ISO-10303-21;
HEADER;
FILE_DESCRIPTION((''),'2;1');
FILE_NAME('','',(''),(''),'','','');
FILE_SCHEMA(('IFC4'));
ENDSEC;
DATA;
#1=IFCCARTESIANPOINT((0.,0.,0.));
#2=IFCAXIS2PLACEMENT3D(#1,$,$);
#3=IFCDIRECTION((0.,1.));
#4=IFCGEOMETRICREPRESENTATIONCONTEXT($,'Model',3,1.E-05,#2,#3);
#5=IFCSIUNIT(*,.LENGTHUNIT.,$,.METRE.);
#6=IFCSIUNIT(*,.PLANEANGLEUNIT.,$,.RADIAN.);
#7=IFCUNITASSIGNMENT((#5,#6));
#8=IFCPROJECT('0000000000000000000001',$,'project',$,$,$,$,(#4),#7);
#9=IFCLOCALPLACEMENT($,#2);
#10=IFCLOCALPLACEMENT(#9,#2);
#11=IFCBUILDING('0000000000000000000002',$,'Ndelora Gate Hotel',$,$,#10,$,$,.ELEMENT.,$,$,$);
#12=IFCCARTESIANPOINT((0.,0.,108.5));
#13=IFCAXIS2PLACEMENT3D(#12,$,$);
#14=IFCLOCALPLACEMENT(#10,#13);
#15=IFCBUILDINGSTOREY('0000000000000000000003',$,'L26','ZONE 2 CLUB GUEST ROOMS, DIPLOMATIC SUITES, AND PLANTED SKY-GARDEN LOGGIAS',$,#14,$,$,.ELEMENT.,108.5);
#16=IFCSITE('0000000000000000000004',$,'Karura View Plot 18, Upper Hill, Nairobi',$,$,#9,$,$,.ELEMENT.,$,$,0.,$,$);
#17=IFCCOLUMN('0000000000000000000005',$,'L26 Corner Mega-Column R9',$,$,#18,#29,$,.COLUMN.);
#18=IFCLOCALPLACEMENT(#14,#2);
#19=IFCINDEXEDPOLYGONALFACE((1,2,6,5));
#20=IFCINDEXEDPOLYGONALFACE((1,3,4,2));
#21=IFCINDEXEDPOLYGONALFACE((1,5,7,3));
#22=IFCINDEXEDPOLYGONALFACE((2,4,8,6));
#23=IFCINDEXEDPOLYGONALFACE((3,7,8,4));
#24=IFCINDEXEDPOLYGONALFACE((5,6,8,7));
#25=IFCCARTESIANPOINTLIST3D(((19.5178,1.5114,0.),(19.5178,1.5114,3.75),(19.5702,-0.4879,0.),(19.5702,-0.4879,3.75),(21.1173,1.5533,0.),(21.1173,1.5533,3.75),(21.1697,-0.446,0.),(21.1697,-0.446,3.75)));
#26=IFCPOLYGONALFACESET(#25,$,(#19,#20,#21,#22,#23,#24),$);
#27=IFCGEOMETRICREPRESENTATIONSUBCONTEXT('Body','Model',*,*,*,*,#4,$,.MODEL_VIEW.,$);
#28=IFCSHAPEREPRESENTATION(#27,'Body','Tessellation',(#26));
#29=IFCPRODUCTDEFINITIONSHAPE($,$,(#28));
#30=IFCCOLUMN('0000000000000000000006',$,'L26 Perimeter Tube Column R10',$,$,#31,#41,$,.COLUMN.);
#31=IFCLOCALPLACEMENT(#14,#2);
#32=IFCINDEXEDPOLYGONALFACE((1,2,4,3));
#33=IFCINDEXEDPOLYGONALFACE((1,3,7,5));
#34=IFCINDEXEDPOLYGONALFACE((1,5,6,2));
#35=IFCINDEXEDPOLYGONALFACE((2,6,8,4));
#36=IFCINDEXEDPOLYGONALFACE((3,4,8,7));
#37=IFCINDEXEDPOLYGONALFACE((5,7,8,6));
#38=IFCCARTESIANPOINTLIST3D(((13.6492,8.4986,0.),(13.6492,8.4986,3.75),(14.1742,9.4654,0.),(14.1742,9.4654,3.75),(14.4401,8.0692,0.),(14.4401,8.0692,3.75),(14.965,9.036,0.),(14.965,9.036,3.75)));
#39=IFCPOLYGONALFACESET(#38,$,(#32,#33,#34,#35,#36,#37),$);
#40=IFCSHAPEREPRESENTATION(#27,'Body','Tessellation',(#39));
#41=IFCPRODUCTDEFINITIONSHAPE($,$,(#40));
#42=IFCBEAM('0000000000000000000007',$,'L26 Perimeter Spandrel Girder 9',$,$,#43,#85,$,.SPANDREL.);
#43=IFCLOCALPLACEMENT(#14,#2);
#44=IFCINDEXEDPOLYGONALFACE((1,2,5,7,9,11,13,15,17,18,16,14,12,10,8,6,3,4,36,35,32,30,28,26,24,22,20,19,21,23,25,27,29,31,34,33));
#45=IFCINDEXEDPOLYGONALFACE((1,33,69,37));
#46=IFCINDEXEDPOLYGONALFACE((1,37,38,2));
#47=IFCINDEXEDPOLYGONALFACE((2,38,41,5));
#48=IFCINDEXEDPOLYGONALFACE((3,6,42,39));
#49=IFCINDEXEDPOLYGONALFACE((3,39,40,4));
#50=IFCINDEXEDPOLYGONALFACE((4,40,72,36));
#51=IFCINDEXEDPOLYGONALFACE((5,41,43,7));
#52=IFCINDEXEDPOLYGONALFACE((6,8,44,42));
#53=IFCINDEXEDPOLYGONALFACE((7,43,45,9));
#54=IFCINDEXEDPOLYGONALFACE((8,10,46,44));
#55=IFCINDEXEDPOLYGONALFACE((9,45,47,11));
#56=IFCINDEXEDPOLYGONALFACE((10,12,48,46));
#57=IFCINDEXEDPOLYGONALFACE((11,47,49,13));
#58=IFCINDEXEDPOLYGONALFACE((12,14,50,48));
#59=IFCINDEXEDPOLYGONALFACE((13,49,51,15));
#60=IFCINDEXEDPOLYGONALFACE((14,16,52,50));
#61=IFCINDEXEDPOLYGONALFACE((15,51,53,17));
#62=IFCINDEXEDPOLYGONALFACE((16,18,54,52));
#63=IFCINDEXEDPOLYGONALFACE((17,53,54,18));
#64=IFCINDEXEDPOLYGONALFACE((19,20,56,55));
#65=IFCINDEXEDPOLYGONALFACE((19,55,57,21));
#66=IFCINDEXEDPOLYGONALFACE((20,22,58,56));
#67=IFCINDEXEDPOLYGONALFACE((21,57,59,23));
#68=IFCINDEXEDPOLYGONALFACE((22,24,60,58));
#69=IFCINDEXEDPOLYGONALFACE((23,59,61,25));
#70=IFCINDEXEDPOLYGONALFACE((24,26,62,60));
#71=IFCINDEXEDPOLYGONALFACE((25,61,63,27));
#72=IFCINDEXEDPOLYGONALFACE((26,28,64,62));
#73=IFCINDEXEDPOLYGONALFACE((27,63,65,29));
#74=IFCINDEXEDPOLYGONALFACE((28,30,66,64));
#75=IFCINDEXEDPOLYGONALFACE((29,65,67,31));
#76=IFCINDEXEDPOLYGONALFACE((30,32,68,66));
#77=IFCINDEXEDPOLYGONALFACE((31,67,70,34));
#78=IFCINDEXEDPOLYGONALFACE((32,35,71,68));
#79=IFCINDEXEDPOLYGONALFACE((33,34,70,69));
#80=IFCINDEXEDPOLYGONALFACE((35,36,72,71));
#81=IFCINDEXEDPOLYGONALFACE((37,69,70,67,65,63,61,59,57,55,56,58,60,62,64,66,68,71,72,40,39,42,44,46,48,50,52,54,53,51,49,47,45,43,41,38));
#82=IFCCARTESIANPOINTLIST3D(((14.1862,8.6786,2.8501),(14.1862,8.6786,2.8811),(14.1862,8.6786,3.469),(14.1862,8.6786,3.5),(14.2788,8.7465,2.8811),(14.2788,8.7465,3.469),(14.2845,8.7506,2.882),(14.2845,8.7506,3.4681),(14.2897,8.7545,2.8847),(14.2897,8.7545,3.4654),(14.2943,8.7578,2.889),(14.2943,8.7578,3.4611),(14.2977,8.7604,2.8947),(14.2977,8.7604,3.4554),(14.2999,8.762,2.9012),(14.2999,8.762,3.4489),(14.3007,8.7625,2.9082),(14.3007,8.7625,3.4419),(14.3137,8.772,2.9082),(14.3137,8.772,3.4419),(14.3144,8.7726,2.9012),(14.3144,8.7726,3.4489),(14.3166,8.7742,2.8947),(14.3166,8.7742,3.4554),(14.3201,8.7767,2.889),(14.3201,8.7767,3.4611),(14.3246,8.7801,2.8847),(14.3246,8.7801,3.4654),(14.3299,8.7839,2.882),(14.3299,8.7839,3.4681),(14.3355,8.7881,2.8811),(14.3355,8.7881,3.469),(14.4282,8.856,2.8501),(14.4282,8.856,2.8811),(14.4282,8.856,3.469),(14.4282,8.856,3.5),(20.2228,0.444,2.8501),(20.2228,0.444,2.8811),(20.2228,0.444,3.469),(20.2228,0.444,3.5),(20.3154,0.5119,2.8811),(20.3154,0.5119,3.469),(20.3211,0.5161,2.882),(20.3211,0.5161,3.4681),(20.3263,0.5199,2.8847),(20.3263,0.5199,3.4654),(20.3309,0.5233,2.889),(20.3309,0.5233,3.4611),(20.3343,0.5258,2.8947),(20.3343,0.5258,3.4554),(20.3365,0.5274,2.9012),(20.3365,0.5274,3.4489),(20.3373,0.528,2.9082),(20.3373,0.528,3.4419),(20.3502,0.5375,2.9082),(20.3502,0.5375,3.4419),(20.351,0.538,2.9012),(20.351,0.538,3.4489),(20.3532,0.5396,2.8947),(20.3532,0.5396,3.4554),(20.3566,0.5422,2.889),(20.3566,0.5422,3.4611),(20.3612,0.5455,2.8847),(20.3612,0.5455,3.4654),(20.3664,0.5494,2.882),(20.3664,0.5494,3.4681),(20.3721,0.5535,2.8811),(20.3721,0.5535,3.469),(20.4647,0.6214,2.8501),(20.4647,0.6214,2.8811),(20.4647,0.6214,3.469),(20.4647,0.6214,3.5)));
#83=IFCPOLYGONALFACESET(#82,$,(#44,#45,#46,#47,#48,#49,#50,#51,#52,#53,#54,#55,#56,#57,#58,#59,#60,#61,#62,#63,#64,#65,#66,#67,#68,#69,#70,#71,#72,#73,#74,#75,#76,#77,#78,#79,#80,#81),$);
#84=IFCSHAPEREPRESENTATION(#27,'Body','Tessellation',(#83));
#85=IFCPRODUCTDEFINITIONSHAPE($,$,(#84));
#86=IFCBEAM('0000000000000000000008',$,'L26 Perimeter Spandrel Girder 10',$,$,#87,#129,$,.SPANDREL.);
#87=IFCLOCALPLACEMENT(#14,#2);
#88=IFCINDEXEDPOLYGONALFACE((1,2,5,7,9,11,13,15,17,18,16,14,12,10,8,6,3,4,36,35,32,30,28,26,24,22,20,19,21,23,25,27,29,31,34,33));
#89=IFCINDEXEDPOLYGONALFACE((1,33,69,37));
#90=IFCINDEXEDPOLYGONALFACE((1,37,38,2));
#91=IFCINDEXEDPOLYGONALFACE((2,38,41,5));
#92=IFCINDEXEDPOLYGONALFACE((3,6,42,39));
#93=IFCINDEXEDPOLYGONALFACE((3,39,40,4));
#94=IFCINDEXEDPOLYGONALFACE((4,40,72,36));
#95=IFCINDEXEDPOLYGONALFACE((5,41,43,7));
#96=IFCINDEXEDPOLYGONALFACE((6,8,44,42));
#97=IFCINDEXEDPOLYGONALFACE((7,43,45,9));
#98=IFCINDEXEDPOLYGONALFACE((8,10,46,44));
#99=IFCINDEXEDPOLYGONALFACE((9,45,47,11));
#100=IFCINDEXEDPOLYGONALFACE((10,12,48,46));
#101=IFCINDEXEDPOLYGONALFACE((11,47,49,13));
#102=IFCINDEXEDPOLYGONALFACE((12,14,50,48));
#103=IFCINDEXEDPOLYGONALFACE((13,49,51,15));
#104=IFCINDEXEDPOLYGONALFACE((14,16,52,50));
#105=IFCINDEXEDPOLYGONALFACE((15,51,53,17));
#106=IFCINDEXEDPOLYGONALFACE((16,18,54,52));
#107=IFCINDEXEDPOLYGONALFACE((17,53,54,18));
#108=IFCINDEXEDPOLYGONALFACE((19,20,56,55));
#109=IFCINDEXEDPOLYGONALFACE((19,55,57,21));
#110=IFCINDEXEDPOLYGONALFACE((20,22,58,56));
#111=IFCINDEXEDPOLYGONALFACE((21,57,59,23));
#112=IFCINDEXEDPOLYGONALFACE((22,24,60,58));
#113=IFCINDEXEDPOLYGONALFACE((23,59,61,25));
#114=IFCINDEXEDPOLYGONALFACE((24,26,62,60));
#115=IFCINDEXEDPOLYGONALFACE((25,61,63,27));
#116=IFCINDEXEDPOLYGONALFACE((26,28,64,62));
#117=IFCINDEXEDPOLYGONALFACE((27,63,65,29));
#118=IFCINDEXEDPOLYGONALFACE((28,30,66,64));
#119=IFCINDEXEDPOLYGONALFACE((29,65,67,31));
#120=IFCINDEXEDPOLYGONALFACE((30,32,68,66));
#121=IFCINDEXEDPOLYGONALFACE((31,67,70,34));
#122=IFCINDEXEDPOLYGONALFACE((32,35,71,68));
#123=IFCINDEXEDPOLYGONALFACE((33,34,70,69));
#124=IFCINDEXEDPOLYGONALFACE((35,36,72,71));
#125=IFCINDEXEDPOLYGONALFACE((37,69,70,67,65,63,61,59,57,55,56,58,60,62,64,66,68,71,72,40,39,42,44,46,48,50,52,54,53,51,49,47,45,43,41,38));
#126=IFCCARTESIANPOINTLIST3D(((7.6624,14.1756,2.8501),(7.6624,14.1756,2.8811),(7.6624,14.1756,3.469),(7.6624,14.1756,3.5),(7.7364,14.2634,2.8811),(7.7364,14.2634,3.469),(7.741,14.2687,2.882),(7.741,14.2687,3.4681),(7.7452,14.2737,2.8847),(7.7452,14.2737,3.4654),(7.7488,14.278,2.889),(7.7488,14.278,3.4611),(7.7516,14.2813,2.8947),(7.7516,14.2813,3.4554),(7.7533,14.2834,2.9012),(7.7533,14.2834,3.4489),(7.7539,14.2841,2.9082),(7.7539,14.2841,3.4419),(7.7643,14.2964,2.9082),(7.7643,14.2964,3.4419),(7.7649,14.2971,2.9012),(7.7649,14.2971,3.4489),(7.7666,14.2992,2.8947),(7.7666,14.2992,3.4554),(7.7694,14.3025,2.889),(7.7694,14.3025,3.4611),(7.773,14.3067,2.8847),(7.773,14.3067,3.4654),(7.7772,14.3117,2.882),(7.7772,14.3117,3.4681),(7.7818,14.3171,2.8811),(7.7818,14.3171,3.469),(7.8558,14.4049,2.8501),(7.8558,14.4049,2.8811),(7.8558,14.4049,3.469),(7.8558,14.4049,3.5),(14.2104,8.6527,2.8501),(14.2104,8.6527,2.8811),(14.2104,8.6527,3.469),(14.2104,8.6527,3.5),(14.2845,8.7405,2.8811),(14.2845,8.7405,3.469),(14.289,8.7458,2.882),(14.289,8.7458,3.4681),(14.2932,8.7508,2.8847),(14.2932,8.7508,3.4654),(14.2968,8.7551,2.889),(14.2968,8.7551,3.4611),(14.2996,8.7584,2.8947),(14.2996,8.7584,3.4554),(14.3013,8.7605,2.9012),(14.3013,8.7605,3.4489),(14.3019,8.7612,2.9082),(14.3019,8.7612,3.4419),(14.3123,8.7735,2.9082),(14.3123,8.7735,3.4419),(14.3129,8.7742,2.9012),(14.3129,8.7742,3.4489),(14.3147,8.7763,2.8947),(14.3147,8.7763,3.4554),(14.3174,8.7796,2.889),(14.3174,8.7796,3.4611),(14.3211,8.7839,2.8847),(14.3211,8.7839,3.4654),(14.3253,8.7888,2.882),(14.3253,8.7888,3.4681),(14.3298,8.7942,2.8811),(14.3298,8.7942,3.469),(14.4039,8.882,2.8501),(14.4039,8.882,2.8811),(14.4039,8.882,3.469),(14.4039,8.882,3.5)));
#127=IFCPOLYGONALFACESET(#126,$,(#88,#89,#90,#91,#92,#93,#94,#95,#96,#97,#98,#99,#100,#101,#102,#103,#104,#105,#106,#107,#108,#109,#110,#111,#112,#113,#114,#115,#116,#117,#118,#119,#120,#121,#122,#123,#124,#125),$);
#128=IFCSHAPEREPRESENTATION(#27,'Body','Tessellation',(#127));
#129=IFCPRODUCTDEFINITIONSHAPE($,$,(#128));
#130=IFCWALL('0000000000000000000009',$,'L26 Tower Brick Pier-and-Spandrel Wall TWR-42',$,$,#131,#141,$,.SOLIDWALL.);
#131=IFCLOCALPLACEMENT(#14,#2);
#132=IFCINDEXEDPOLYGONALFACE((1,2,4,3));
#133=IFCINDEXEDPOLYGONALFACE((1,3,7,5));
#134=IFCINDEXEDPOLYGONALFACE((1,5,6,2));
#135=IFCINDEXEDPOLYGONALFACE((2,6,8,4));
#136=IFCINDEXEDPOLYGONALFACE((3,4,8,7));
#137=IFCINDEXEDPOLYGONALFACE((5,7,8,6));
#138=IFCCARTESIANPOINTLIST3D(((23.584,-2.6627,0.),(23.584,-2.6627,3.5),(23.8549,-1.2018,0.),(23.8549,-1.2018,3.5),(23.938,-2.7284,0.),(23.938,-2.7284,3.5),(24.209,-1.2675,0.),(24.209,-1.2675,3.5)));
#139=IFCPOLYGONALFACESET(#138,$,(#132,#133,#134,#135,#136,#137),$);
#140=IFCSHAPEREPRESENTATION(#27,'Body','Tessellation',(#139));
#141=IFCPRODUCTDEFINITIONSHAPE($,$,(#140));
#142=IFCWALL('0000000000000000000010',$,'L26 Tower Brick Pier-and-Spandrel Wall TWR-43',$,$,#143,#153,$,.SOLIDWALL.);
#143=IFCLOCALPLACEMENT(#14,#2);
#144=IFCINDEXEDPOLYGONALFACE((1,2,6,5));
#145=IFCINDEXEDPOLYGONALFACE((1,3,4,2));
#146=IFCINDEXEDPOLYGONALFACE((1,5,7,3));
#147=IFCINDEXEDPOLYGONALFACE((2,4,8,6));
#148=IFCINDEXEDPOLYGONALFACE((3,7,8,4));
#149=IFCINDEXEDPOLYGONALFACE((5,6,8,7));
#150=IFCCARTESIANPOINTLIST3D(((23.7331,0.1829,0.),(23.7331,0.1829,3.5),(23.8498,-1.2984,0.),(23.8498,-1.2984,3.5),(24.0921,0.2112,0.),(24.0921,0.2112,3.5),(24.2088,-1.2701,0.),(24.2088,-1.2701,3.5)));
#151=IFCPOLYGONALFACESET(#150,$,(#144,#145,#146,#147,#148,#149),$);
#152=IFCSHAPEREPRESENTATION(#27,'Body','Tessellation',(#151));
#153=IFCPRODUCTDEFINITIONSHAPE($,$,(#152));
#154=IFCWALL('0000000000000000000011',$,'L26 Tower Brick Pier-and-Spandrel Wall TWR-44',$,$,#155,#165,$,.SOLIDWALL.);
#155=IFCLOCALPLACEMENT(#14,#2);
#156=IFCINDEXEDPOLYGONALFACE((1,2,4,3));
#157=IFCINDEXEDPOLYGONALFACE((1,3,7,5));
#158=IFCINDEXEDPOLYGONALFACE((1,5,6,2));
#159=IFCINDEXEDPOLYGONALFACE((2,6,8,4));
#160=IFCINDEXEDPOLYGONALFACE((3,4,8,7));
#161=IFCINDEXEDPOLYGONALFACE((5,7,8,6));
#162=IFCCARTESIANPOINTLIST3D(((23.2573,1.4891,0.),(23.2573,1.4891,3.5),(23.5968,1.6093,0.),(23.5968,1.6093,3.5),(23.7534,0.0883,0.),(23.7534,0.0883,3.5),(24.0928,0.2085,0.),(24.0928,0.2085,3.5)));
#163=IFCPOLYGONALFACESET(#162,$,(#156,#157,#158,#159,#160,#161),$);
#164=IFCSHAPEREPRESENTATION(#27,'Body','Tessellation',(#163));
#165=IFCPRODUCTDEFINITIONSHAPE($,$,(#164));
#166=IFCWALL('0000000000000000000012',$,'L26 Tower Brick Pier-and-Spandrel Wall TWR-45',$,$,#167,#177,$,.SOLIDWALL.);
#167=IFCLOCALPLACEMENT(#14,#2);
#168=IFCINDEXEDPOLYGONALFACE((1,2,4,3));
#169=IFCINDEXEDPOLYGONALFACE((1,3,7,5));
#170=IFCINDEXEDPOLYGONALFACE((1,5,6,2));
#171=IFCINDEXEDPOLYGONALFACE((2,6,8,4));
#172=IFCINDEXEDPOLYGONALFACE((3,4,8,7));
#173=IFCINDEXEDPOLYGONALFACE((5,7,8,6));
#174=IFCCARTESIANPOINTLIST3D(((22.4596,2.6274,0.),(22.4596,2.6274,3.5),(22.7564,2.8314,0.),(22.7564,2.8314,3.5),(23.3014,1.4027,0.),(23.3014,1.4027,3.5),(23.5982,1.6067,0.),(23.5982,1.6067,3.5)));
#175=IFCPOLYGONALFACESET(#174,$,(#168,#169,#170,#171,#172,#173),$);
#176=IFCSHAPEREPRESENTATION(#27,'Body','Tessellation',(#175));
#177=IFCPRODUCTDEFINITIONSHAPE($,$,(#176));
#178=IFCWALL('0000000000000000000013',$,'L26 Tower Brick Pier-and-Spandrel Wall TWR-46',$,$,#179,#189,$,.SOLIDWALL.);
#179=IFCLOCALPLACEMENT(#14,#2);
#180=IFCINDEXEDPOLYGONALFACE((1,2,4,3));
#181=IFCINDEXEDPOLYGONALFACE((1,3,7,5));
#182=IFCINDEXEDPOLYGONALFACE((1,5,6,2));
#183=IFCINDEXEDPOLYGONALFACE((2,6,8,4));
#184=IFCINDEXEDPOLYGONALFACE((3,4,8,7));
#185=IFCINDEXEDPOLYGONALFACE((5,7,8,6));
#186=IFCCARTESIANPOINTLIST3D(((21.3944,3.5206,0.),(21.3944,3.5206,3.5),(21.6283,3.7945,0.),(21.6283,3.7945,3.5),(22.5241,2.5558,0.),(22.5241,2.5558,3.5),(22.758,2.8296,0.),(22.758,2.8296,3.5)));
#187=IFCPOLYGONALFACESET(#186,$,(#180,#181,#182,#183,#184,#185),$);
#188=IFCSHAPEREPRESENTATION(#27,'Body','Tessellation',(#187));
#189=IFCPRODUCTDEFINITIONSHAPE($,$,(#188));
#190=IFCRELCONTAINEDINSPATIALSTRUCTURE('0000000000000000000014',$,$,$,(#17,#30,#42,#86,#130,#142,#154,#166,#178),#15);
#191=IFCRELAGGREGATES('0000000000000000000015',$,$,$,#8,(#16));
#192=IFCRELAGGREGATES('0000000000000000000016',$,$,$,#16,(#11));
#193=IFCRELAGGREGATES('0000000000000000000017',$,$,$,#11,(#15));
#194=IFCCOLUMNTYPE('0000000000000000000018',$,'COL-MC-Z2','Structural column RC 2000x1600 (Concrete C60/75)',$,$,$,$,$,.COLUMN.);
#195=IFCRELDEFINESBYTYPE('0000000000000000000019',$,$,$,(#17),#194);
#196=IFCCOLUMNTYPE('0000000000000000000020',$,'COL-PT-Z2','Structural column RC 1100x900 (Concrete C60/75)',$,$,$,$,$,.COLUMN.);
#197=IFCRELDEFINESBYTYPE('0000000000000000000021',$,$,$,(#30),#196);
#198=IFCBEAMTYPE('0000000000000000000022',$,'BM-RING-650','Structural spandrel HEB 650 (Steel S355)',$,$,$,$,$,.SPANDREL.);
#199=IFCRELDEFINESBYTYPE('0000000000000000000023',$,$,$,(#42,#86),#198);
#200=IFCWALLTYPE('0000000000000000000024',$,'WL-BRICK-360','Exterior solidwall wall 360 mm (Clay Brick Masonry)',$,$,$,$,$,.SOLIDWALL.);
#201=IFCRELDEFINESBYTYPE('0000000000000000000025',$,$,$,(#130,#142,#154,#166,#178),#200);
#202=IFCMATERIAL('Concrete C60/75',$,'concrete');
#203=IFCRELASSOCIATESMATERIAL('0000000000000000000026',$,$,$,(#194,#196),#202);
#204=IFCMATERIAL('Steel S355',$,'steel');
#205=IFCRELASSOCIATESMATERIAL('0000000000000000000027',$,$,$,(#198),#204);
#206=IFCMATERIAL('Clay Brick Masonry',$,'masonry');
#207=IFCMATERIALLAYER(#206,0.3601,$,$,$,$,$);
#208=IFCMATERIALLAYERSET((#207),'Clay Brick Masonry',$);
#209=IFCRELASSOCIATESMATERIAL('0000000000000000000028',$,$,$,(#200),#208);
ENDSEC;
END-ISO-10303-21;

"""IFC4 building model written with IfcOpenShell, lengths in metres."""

from ifc_helpers import new_model, si_unit, direction, frame, frame_2d, origin, origin_2d, place, context, subcontext, project, spatial, rectangle, i_section, extrude, material, layer, layer_set, material_profile, profile_set, type_object, element, save


model = new_model("IFC4")

# Units and contexts
model_context = context("Model", 3, precision=1e-05, world=origin(), true_north=direction((0.0, 1.0)))
body_context = subcontext(model_context, "Body", "Model", "MODEL_VIEW")
ifc_project = project(units=[si_unit("LENGTHUNIT", "METRE"), si_unit("PLANEANGLEUNIT", "RADIAN")], contexts=[model_context])

# Site, building, storey
site_placement = place(None, origin())
site = spatial("IfcSite", under=ifc_project, at=site_placement, Name="Karura View Plot 18, Upper Hill, Nairobi", CompositionType="ELEMENT", RefElevation=0.0)
building_placement = place(site_placement, origin())
building = spatial("IfcBuilding", under=site, at=building_placement, Name="Ndelora Gate Hotel", CompositionType="ELEMENT")
storey_placement = place(building_placement, frame((0.0, 0.0, 108.5)))
storey = spatial("IfcBuildingStorey", under=building, at=storey_placement, Name="L26", Description="ZONE 2 CLUB GUEST ROOMS, DIPLOMATIC SUITES, AND PLANTED SKY-GARDEN LOGGIAS", CompositionType="ELEMENT", Elevation=108.5)

# Columns
ifc_material_1 = material(Name="Concrete C60/75", Category="concrete")
ifc_material_profile_1 = material_profile(ifc_material_1, rectangle(XDim=1.6001, YDim=2.0, at=origin_2d()), Name="RC 2000x1600")
ifc_profile_set_1 = profile_set([ifc_material_profile_1], Name="Concrete C60/75")
column_type_1 = type_object("IfcColumnType", Name="COL-MC-Z2", Description="Structural column RC 2000x1600 (Concrete C60/75)", PredefinedType="COLUMN", material=ifc_profile_set_1)
column_1_placement = place(storey_placement, frame((20.3438, 0.5327, 0.0), z_axis=(0.0, 0.0, 1.0), x_axis=(0.999657, 0.026177, 0.0)))
element("IfcColumn", 1, at=column_1_placement, inside=storey, type_object=column_type_1, Name="L26 Corner Mega-Column R9", PredefinedType="COLUMN", context=body_context, shape_type="SweptSolid", body=[
    extrude(rectangle(XDim=1.6001, YDim=2.0, at=origin_2d()), origin(), (0.0, 0.0, 1.0), 3.75),
])
ifc_material_profile_2 = material_profile(ifc_material_1, rectangle(XDim=0.8999, YDim=1.1001, at=origin_2d()), Name="RC 1100x900")
ifc_profile_set_2 = profile_set([ifc_material_profile_2], Name="Concrete C60/75")
column_type_2 = type_object("IfcColumnType", Name="COL-PT-Z2", Description="Structural column RC 1100x900 (Concrete C60/75)", PredefinedType="COLUMN", material=ifc_profile_set_2)
column_2_placement = place(storey_placement, frame((14.3071, 8.7673, 0.0), z_axis=(0.0, 0.0, 1.0), x_axis=(-0.878817, 0.477159, 0.0)))
element("IfcColumn", 2, at=column_2_placement, inside=storey, type_object=column_type_2, Name="L26 Perimeter Tube Column R10", PredefinedType="COLUMN", context=body_context, shape_type="SweptSolid", body=[
    extrude(rectangle(XDim=0.8999, YDim=1.1001, at=origin_2d()), origin(), (0.0, 0.0, 1.0), 3.75),
])

# Beams
ifc_material_2 = material(Name="Steel S355", Category="steel")
ifc_material_profile_3 = material_profile(ifc_material_2, i_section(OverallWidth=0.3, OverallDepth=0.6499, WebThickness=0.0161, FlangeThickness=0.031, FilletRadius=0.0271, at=origin_2d()), Name="HEB 650")
ifc_profile_set_3 = profile_set([ifc_material_profile_3], Name="Steel S355")
beam_type = type_object("IfcBeamType", Name="BM-RING-650", Description="Structural spandrel HEB 650 (Steel S355)", PredefinedType="SPANDREL", material=ifc_profile_set_3)
beam_1_placement = place(storey_placement, frame((20.3438, 0.5327, 3.175), z_axis=(-0.59123, 0.806503, 0.0), x_axis=(-0.806503, -0.59123, 0.0)))
element("IfcBeam", 3, at=beam_1_placement, inside=storey, type_object=beam_type, Name="L26 Perimeter Spandrel Girder 9", PredefinedType="SPANDREL", context=body_context, shape_type="SweptSolid", body=[
    extrude(i_section(OverallWidth=0.3, OverallDepth=0.6499, WebThickness=0.0161, FlangeThickness=0.031, FilletRadius=0.0271, at=origin_2d()), origin(), (0.0, 0.0, 1.0), 10.2102),
])
beam_2_placement = place(storey_placement, frame((14.3071, 8.7673, 3.175), z_axis=(-0.764407, 0.644734, 0.0), x_axis=(-0.644734, -0.764407, 0.0)))
element("IfcBeam", 4, at=beam_2_placement, inside=storey, type_object=beam_type, Name="L26 Perimeter Spandrel Girder 10", PredefinedType="SPANDREL", context=body_context, shape_type="SweptSolid", body=[
    extrude(i_section(OverallWidth=0.3, OverallDepth=0.6499, WebThickness=0.0161, FlangeThickness=0.031, FilletRadius=0.0271, at=origin_2d()), origin(), (0.0, 0.0, 1.0), 8.5662),
])

# Walls
ifc_material_3 = material(Name="Clay Brick Masonry", Category="masonry")
ifc_layer_1 = layer(ifc_material_3, 0.3601)
ifc_layer_set_1 = layer_set([ifc_layer_1], Name="Clay Brick Masonry")
wall_type_1 = type_object("IfcWallType", Name="WL-BRICK-360", Description="Exterior solidwall wall 360 mm (Clay Brick Masonry)", PredefinedType="SOLIDWALL", material=ifc_layer_set_1)
for number, where, z_axis, x_axis, name in (
    (5, (24.032, -1.2346, 0.0), (0.0, 0.0, 1.0), (-0.182383, -0.983227, 0.0), "L26 Tower Brick Pier-and-Spandrel Wall TWR-42"),
    (6, (23.9126, 0.197, 0.0), (0.0, 0.0, 1.0), (0.078543, -0.996911, 0.0), "L26 Tower Brick Pier-and-Spandrel Wall TWR-43"),
):
    element("IfcWall", number, at=place(storey_placement, frame(where, z_axis=z_axis, x_axis=x_axis)), inside=storey, type_object=wall_type_1, Name=name, PredefinedType="SOLIDWALL", context=body_context, shape_type="SweptSolid", body=[
        extrude(rectangle(XDim=1.4858, YDim=0.3601, at=frame_2d((0.7429, 0.0))), origin(), (0.0, 0.0, 1.0), 3.5),
    ])
for number, where, z_axis, x_axis, name in (
    (7, (23.427, 1.5493, 0.0), (0.0, 0.0, 1.0), (0.333817, -0.942638, 0.0), "L26 Tower Brick Pier-and-Spandrel Wall TWR-44"),
    (8, (22.6079, 2.7295, 0.0), (0.0, 0.0, 1.0), (0.566473, -0.82408, 0.0), "L26 Tower Brick Pier-and-Spandrel Wall TWR-45"),
):
    element("IfcWall", number, at=place(storey_placement, frame(where, z_axis=z_axis, x_axis=x_axis)), inside=storey, type_object=wall_type_1, Name=name, PredefinedType="SOLIDWALL", context=body_context, shape_type="SweptSolid", body=[
        extrude(rectangle(XDim=1.4861, YDim=0.3601, at=frame_2d((0.7432, 0.0))), origin(), (0.0, 0.0, 1.0), 3.5),
    ])
wall_1_placement = place(storey_placement, frame((21.5115, 3.6575, 0.0), z_axis=(0.0, 0.0, 1.0), x_axis=(0.760392, -0.649464, 0.0)))
element("IfcWall", 9, at=wall_1_placement, inside=storey, type_object=wall_type_1, Name="L26 Tower Brick Pier-and-Spandrel Wall TWR-46", PredefinedType="SOLIDWALL", context=body_context, shape_type="SweptSolid", body=[
    extrude(rectangle(XDim=1.4856, YDim=0.3601, at=frame_2d((0.7427, 0.0))), origin(), (0.0, 0.0, 1.0), 3.5),
])

save(model, "model.ifc")
